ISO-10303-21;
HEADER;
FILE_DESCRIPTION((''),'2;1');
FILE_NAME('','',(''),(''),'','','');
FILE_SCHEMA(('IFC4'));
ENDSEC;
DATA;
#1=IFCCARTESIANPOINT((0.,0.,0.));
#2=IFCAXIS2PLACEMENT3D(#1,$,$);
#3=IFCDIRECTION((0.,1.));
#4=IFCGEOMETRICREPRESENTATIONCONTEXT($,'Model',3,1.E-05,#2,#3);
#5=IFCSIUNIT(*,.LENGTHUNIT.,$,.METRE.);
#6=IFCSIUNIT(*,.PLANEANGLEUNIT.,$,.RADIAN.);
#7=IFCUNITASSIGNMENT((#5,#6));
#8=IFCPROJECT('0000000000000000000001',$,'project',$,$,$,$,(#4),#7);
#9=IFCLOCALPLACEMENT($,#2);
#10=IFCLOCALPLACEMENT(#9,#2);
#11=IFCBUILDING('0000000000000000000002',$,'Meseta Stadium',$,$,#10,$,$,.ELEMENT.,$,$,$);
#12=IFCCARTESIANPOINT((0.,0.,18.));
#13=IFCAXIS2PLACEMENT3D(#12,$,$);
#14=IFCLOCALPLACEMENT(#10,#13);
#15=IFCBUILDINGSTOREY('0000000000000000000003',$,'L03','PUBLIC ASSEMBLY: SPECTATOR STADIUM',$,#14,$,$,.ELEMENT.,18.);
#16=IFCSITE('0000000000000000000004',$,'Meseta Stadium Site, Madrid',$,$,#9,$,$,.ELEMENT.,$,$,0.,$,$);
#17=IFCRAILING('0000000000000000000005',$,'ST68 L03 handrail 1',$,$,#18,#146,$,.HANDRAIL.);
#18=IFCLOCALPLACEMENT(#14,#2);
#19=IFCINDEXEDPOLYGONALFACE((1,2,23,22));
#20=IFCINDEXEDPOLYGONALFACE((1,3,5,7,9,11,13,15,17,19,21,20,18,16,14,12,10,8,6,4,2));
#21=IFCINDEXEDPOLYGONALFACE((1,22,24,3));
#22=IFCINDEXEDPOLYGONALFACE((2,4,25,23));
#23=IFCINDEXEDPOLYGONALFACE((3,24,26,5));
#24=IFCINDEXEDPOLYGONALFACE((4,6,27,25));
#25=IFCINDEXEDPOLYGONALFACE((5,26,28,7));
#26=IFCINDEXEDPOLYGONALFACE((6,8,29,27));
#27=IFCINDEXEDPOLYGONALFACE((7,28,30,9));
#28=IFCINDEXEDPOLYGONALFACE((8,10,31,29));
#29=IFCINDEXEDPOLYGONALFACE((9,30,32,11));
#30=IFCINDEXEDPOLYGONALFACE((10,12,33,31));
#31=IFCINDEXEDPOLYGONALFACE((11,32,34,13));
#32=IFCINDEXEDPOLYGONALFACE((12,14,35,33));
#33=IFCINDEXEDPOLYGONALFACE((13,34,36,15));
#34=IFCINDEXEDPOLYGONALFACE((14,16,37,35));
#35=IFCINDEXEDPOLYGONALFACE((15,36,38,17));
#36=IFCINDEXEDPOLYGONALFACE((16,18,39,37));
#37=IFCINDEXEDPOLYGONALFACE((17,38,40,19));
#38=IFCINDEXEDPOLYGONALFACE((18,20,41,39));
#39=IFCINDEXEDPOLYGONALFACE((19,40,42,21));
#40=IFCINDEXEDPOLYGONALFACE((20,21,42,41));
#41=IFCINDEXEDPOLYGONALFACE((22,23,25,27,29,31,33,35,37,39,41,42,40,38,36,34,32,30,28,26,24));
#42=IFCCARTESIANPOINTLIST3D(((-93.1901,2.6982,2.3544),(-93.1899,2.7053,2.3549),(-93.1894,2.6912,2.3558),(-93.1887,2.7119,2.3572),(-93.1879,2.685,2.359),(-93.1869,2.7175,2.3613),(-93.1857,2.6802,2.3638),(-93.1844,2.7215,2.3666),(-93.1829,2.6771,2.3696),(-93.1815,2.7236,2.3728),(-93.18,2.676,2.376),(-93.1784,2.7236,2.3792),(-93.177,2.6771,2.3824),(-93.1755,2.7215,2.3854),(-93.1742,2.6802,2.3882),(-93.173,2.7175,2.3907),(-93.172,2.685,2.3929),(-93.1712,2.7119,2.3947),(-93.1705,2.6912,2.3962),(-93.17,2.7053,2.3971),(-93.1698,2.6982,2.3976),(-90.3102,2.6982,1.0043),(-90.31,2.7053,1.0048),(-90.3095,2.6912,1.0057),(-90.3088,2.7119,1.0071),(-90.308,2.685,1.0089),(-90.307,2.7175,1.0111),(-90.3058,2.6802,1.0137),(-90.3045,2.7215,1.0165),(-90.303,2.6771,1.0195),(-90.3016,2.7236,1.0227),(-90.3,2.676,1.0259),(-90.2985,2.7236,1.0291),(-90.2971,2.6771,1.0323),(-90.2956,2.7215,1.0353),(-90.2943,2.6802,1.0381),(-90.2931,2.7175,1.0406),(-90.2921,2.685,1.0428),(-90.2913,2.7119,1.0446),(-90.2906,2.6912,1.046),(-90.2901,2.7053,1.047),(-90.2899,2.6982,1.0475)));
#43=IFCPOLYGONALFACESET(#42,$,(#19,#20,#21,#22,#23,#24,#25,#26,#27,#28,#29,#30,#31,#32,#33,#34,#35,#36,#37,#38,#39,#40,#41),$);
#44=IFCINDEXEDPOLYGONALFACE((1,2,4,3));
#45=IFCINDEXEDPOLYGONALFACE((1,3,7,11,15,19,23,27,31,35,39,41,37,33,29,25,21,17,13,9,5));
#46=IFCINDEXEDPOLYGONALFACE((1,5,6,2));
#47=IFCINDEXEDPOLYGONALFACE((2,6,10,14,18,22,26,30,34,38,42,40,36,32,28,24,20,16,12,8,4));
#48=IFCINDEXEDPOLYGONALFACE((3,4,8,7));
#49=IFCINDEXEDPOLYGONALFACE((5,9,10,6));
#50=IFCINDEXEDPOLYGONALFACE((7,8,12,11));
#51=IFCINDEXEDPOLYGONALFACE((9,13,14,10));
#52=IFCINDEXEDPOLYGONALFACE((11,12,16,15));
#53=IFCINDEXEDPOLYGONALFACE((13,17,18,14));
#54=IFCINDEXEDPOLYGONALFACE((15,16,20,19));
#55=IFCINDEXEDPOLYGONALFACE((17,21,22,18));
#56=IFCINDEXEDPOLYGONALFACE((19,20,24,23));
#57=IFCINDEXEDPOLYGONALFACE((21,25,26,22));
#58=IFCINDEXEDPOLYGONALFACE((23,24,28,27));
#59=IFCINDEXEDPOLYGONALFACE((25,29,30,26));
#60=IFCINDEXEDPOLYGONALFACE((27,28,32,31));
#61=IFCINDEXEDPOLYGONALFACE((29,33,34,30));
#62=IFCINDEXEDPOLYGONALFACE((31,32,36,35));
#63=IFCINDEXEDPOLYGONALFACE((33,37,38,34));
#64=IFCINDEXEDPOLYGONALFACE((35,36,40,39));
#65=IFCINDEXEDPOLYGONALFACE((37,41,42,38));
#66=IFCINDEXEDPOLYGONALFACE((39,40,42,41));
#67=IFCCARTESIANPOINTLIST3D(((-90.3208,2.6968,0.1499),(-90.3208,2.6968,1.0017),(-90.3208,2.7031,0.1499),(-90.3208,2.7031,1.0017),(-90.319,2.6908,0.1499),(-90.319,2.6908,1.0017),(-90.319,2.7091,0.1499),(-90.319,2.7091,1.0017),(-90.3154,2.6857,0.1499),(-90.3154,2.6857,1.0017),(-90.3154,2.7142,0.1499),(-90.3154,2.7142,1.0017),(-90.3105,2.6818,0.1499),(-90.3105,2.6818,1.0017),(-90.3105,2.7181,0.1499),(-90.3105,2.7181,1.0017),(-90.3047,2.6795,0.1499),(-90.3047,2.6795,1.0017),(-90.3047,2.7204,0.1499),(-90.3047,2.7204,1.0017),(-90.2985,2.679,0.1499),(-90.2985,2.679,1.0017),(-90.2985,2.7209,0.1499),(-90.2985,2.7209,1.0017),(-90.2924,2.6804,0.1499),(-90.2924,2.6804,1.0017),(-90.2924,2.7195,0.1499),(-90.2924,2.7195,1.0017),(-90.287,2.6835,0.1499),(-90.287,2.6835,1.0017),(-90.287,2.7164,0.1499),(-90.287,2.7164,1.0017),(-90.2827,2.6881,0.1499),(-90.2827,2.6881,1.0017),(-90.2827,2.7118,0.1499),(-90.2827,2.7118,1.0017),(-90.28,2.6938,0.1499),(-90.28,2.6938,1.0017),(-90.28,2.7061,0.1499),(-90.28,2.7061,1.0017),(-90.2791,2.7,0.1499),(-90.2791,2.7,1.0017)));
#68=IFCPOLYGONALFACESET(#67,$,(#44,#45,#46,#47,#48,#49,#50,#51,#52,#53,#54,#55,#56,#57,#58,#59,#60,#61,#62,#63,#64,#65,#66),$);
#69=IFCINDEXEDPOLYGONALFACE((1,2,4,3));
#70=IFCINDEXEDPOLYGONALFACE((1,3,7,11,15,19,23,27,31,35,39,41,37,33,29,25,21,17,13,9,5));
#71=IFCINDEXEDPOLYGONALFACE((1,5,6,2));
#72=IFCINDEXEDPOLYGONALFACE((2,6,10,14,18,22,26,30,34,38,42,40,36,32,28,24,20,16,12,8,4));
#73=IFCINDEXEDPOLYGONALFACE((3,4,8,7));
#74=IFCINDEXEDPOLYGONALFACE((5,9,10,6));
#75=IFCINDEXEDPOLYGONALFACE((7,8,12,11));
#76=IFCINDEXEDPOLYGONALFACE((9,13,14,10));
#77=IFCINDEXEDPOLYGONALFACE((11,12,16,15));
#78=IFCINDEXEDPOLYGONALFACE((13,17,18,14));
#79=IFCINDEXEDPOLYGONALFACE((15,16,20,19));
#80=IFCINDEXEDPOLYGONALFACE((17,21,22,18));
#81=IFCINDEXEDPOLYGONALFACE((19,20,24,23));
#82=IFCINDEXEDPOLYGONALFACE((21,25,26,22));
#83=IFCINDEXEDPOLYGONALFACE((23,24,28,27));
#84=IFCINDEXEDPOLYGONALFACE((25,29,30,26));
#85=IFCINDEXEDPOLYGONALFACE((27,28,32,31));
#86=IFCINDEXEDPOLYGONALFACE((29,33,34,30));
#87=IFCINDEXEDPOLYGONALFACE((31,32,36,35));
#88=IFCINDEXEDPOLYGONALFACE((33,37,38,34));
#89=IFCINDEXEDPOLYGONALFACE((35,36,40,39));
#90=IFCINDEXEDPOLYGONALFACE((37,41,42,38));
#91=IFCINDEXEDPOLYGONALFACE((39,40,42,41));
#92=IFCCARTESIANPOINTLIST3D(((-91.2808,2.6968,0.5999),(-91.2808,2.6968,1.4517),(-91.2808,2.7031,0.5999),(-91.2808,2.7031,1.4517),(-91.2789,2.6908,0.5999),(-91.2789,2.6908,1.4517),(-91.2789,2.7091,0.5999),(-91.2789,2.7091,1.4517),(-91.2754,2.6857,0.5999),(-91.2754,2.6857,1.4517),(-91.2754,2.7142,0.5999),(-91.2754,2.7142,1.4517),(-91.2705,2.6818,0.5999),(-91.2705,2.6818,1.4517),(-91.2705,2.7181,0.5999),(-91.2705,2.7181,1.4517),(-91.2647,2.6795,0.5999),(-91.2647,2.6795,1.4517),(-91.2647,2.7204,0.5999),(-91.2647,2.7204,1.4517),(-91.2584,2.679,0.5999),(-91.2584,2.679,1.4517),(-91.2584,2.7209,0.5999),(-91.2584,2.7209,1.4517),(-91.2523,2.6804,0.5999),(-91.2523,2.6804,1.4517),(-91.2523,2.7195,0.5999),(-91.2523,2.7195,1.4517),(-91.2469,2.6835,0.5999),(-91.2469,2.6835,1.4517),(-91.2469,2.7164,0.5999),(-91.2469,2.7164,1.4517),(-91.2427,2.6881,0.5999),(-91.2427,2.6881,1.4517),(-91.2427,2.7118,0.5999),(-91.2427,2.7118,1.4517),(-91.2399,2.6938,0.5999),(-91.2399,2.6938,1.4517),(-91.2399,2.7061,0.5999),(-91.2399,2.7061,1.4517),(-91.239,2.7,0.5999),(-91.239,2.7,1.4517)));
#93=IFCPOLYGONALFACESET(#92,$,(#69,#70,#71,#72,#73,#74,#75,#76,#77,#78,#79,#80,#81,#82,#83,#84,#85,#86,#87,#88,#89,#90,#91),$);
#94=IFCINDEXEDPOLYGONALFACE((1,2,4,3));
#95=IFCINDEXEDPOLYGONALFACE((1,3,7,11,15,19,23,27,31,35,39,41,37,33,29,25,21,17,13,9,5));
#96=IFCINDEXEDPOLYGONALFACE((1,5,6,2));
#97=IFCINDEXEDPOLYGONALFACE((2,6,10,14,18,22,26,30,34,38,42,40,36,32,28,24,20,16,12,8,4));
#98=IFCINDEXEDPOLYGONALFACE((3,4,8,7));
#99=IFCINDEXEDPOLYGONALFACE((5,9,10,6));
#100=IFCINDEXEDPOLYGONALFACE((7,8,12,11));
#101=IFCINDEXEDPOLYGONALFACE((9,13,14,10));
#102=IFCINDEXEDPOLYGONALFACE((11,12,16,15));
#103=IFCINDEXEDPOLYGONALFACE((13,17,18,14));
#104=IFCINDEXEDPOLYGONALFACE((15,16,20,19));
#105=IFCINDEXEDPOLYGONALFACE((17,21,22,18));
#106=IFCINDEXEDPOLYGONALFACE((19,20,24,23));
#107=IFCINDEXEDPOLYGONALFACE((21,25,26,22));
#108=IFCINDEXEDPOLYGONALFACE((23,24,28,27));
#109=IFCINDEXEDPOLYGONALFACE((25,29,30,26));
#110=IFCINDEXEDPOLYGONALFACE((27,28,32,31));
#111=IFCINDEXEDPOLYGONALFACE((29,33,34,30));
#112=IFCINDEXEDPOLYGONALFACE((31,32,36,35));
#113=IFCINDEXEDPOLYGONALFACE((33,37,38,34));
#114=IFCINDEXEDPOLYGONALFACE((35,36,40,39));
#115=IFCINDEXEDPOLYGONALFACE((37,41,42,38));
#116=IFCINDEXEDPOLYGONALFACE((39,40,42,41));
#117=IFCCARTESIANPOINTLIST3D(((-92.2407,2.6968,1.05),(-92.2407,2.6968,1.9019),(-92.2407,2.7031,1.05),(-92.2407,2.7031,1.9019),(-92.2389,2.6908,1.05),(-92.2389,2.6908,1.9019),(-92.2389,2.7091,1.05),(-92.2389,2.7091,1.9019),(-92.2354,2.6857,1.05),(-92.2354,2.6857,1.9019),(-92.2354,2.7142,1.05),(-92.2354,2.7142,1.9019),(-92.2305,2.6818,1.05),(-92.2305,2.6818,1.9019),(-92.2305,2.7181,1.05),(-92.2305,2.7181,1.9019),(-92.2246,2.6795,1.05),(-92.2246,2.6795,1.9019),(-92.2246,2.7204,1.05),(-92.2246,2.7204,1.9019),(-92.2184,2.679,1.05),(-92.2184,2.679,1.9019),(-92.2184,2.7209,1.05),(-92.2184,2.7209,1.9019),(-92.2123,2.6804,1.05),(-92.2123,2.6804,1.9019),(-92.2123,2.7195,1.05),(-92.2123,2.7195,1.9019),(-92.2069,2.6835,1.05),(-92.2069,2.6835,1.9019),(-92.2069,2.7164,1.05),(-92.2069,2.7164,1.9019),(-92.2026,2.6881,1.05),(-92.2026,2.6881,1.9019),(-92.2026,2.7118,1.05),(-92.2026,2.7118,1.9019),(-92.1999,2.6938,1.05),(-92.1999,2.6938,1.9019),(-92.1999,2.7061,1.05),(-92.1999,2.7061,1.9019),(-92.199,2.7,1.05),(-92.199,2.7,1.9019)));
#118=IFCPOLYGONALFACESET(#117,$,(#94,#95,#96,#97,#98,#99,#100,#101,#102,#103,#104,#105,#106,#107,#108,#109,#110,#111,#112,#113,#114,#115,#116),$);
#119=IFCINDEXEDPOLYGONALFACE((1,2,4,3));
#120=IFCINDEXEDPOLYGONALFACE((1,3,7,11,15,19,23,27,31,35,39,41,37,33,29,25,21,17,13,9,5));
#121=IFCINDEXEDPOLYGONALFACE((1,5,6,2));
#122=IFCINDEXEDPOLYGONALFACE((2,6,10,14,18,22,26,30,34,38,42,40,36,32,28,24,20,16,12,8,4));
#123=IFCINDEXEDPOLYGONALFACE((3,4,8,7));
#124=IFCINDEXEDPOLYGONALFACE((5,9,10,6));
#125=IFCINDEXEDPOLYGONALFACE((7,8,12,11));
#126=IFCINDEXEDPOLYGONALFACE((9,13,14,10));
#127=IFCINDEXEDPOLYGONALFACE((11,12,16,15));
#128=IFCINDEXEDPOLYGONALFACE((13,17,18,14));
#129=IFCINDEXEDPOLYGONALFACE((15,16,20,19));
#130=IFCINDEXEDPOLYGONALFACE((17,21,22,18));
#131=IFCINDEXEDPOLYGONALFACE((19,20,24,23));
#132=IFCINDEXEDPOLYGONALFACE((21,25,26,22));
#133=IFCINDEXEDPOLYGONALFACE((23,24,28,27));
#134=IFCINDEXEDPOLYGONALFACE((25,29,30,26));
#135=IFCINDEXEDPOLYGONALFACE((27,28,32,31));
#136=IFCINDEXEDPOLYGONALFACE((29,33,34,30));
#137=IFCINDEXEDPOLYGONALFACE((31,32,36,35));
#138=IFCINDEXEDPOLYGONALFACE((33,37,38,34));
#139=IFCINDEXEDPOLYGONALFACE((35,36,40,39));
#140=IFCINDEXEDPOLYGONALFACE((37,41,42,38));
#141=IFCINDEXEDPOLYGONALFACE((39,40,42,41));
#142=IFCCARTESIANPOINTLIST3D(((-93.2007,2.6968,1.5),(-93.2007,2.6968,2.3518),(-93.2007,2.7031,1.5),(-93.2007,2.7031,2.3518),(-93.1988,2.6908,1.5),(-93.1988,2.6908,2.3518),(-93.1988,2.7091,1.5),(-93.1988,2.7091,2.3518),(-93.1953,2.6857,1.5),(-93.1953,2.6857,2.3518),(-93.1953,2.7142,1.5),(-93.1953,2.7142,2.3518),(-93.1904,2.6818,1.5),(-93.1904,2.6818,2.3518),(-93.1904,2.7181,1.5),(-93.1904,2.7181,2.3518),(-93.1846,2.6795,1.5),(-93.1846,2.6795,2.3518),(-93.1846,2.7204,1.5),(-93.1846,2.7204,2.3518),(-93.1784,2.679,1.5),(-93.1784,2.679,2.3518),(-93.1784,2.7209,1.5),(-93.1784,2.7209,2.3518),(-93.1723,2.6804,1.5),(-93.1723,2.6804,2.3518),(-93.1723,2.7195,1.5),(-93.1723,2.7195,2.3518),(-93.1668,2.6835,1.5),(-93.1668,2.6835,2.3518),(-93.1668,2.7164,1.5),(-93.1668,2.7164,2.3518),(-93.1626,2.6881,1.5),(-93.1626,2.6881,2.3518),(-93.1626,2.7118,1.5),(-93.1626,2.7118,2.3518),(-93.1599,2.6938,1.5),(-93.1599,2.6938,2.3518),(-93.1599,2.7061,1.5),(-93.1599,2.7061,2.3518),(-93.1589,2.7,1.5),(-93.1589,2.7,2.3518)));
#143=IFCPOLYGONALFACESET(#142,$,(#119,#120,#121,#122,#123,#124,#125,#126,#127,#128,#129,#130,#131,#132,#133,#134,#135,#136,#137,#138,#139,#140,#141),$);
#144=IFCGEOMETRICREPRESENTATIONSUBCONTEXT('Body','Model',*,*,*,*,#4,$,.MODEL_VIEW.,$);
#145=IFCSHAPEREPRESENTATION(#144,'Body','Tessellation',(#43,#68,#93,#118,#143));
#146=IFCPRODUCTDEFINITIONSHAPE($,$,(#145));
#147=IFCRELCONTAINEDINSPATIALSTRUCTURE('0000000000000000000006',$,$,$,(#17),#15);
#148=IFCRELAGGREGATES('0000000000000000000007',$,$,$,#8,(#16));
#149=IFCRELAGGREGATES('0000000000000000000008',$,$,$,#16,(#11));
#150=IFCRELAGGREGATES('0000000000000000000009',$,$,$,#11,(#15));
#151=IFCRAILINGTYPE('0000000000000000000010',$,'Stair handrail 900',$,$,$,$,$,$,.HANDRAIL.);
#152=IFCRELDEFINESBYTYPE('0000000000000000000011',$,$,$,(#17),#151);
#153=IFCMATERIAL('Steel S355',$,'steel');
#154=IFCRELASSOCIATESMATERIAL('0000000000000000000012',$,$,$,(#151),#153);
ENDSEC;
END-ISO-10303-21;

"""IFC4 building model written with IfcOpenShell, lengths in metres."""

from ifc_helpers import new_model, si_unit, direction, frame, origin, origin_2d, place, context, subcontext, project, spatial, circle, extrude, material, type_object, element, save


model = new_model("IFC4")

# Units and contexts
model_context = context("Model", 3, precision=1e-05, world=origin(), true_north=direction((0.0, 1.0)))
body_context = subcontext(model_context, "Body", "Model", "MODEL_VIEW")
ifc_project = project(units=[si_unit("LENGTHUNIT", "METRE"), si_unit("PLANEANGLEUNIT", "RADIAN")], contexts=[model_context])

# Site, building, storey
site_placement = place(None, origin())
site = spatial("IfcSite", under=ifc_project, at=site_placement, Name="Meseta Stadium Site, Madrid", CompositionType="ELEMENT", RefElevation=0.0)
building_placement = place(site_placement, origin())
building = spatial("IfcBuilding", under=site, at=building_placement, Name="Meseta Stadium", CompositionType="ELEMENT")
storey_placement = place(building_placement, frame((0.0, 0.0, 18.0)))
storey = spatial("IfcBuildingStorey", under=building, at=storey_placement, Name="L03", Description="PUBLIC ASSEMBLY: SPECTATOR STADIUM", CompositionType="ELEMENT", Elevation=18.0)

# Railing
ifc_material_1 = material(Name="Steel S355", Category="steel")
railing_type_1 = type_object("IfcRailingType", Name="Stair handrail 900", PredefinedType="HANDRAIL", material=ifc_material_1)
for number, where, name in (
    (1, (-90.3, 2.7, 0.1499), "ST68 L03 handrail 1"),
):
    element("IfcRailing", number, at=place(storey_placement, frame(where)), inside=storey, type_object=railing_type_1, Name=name, PredefinedType="HANDRAIL", context=body_context, shape_type="SweptSolid", body=[
        extrude(circle(Radius=0.0239, at=origin_2d()), frame((0.0, 0.0, 0.876), z_axis=(-0.90544, 0.0, 0.424473), x_axis=(0.0, -1.0, 0.0)), (0.0, 0.0, 1.0), 3.1807),
        extrude(circle(Radius=0.021, at=origin_2d()), origin(), (0.0, 0.0, 1.0), 0.8518),
        extrude(circle(Radius=0.021, at=origin_2d()), frame((-0.96, 0.0, 0.45)), (0.0, 0.0, 1.0), 0.8518),
        extrude(circle(Radius=0.021, at=origin_2d()), frame((-1.9199, 0.0, 0.9001)), (0.0, 0.0, 1.0), 0.8518),
        extrude(circle(Radius=0.021, at=origin_2d()), frame((-2.8799, 0.0, 1.3501)), (0.0, 0.0, 1.0), 0.8518),
    ])

save(model, "model.ifc")
